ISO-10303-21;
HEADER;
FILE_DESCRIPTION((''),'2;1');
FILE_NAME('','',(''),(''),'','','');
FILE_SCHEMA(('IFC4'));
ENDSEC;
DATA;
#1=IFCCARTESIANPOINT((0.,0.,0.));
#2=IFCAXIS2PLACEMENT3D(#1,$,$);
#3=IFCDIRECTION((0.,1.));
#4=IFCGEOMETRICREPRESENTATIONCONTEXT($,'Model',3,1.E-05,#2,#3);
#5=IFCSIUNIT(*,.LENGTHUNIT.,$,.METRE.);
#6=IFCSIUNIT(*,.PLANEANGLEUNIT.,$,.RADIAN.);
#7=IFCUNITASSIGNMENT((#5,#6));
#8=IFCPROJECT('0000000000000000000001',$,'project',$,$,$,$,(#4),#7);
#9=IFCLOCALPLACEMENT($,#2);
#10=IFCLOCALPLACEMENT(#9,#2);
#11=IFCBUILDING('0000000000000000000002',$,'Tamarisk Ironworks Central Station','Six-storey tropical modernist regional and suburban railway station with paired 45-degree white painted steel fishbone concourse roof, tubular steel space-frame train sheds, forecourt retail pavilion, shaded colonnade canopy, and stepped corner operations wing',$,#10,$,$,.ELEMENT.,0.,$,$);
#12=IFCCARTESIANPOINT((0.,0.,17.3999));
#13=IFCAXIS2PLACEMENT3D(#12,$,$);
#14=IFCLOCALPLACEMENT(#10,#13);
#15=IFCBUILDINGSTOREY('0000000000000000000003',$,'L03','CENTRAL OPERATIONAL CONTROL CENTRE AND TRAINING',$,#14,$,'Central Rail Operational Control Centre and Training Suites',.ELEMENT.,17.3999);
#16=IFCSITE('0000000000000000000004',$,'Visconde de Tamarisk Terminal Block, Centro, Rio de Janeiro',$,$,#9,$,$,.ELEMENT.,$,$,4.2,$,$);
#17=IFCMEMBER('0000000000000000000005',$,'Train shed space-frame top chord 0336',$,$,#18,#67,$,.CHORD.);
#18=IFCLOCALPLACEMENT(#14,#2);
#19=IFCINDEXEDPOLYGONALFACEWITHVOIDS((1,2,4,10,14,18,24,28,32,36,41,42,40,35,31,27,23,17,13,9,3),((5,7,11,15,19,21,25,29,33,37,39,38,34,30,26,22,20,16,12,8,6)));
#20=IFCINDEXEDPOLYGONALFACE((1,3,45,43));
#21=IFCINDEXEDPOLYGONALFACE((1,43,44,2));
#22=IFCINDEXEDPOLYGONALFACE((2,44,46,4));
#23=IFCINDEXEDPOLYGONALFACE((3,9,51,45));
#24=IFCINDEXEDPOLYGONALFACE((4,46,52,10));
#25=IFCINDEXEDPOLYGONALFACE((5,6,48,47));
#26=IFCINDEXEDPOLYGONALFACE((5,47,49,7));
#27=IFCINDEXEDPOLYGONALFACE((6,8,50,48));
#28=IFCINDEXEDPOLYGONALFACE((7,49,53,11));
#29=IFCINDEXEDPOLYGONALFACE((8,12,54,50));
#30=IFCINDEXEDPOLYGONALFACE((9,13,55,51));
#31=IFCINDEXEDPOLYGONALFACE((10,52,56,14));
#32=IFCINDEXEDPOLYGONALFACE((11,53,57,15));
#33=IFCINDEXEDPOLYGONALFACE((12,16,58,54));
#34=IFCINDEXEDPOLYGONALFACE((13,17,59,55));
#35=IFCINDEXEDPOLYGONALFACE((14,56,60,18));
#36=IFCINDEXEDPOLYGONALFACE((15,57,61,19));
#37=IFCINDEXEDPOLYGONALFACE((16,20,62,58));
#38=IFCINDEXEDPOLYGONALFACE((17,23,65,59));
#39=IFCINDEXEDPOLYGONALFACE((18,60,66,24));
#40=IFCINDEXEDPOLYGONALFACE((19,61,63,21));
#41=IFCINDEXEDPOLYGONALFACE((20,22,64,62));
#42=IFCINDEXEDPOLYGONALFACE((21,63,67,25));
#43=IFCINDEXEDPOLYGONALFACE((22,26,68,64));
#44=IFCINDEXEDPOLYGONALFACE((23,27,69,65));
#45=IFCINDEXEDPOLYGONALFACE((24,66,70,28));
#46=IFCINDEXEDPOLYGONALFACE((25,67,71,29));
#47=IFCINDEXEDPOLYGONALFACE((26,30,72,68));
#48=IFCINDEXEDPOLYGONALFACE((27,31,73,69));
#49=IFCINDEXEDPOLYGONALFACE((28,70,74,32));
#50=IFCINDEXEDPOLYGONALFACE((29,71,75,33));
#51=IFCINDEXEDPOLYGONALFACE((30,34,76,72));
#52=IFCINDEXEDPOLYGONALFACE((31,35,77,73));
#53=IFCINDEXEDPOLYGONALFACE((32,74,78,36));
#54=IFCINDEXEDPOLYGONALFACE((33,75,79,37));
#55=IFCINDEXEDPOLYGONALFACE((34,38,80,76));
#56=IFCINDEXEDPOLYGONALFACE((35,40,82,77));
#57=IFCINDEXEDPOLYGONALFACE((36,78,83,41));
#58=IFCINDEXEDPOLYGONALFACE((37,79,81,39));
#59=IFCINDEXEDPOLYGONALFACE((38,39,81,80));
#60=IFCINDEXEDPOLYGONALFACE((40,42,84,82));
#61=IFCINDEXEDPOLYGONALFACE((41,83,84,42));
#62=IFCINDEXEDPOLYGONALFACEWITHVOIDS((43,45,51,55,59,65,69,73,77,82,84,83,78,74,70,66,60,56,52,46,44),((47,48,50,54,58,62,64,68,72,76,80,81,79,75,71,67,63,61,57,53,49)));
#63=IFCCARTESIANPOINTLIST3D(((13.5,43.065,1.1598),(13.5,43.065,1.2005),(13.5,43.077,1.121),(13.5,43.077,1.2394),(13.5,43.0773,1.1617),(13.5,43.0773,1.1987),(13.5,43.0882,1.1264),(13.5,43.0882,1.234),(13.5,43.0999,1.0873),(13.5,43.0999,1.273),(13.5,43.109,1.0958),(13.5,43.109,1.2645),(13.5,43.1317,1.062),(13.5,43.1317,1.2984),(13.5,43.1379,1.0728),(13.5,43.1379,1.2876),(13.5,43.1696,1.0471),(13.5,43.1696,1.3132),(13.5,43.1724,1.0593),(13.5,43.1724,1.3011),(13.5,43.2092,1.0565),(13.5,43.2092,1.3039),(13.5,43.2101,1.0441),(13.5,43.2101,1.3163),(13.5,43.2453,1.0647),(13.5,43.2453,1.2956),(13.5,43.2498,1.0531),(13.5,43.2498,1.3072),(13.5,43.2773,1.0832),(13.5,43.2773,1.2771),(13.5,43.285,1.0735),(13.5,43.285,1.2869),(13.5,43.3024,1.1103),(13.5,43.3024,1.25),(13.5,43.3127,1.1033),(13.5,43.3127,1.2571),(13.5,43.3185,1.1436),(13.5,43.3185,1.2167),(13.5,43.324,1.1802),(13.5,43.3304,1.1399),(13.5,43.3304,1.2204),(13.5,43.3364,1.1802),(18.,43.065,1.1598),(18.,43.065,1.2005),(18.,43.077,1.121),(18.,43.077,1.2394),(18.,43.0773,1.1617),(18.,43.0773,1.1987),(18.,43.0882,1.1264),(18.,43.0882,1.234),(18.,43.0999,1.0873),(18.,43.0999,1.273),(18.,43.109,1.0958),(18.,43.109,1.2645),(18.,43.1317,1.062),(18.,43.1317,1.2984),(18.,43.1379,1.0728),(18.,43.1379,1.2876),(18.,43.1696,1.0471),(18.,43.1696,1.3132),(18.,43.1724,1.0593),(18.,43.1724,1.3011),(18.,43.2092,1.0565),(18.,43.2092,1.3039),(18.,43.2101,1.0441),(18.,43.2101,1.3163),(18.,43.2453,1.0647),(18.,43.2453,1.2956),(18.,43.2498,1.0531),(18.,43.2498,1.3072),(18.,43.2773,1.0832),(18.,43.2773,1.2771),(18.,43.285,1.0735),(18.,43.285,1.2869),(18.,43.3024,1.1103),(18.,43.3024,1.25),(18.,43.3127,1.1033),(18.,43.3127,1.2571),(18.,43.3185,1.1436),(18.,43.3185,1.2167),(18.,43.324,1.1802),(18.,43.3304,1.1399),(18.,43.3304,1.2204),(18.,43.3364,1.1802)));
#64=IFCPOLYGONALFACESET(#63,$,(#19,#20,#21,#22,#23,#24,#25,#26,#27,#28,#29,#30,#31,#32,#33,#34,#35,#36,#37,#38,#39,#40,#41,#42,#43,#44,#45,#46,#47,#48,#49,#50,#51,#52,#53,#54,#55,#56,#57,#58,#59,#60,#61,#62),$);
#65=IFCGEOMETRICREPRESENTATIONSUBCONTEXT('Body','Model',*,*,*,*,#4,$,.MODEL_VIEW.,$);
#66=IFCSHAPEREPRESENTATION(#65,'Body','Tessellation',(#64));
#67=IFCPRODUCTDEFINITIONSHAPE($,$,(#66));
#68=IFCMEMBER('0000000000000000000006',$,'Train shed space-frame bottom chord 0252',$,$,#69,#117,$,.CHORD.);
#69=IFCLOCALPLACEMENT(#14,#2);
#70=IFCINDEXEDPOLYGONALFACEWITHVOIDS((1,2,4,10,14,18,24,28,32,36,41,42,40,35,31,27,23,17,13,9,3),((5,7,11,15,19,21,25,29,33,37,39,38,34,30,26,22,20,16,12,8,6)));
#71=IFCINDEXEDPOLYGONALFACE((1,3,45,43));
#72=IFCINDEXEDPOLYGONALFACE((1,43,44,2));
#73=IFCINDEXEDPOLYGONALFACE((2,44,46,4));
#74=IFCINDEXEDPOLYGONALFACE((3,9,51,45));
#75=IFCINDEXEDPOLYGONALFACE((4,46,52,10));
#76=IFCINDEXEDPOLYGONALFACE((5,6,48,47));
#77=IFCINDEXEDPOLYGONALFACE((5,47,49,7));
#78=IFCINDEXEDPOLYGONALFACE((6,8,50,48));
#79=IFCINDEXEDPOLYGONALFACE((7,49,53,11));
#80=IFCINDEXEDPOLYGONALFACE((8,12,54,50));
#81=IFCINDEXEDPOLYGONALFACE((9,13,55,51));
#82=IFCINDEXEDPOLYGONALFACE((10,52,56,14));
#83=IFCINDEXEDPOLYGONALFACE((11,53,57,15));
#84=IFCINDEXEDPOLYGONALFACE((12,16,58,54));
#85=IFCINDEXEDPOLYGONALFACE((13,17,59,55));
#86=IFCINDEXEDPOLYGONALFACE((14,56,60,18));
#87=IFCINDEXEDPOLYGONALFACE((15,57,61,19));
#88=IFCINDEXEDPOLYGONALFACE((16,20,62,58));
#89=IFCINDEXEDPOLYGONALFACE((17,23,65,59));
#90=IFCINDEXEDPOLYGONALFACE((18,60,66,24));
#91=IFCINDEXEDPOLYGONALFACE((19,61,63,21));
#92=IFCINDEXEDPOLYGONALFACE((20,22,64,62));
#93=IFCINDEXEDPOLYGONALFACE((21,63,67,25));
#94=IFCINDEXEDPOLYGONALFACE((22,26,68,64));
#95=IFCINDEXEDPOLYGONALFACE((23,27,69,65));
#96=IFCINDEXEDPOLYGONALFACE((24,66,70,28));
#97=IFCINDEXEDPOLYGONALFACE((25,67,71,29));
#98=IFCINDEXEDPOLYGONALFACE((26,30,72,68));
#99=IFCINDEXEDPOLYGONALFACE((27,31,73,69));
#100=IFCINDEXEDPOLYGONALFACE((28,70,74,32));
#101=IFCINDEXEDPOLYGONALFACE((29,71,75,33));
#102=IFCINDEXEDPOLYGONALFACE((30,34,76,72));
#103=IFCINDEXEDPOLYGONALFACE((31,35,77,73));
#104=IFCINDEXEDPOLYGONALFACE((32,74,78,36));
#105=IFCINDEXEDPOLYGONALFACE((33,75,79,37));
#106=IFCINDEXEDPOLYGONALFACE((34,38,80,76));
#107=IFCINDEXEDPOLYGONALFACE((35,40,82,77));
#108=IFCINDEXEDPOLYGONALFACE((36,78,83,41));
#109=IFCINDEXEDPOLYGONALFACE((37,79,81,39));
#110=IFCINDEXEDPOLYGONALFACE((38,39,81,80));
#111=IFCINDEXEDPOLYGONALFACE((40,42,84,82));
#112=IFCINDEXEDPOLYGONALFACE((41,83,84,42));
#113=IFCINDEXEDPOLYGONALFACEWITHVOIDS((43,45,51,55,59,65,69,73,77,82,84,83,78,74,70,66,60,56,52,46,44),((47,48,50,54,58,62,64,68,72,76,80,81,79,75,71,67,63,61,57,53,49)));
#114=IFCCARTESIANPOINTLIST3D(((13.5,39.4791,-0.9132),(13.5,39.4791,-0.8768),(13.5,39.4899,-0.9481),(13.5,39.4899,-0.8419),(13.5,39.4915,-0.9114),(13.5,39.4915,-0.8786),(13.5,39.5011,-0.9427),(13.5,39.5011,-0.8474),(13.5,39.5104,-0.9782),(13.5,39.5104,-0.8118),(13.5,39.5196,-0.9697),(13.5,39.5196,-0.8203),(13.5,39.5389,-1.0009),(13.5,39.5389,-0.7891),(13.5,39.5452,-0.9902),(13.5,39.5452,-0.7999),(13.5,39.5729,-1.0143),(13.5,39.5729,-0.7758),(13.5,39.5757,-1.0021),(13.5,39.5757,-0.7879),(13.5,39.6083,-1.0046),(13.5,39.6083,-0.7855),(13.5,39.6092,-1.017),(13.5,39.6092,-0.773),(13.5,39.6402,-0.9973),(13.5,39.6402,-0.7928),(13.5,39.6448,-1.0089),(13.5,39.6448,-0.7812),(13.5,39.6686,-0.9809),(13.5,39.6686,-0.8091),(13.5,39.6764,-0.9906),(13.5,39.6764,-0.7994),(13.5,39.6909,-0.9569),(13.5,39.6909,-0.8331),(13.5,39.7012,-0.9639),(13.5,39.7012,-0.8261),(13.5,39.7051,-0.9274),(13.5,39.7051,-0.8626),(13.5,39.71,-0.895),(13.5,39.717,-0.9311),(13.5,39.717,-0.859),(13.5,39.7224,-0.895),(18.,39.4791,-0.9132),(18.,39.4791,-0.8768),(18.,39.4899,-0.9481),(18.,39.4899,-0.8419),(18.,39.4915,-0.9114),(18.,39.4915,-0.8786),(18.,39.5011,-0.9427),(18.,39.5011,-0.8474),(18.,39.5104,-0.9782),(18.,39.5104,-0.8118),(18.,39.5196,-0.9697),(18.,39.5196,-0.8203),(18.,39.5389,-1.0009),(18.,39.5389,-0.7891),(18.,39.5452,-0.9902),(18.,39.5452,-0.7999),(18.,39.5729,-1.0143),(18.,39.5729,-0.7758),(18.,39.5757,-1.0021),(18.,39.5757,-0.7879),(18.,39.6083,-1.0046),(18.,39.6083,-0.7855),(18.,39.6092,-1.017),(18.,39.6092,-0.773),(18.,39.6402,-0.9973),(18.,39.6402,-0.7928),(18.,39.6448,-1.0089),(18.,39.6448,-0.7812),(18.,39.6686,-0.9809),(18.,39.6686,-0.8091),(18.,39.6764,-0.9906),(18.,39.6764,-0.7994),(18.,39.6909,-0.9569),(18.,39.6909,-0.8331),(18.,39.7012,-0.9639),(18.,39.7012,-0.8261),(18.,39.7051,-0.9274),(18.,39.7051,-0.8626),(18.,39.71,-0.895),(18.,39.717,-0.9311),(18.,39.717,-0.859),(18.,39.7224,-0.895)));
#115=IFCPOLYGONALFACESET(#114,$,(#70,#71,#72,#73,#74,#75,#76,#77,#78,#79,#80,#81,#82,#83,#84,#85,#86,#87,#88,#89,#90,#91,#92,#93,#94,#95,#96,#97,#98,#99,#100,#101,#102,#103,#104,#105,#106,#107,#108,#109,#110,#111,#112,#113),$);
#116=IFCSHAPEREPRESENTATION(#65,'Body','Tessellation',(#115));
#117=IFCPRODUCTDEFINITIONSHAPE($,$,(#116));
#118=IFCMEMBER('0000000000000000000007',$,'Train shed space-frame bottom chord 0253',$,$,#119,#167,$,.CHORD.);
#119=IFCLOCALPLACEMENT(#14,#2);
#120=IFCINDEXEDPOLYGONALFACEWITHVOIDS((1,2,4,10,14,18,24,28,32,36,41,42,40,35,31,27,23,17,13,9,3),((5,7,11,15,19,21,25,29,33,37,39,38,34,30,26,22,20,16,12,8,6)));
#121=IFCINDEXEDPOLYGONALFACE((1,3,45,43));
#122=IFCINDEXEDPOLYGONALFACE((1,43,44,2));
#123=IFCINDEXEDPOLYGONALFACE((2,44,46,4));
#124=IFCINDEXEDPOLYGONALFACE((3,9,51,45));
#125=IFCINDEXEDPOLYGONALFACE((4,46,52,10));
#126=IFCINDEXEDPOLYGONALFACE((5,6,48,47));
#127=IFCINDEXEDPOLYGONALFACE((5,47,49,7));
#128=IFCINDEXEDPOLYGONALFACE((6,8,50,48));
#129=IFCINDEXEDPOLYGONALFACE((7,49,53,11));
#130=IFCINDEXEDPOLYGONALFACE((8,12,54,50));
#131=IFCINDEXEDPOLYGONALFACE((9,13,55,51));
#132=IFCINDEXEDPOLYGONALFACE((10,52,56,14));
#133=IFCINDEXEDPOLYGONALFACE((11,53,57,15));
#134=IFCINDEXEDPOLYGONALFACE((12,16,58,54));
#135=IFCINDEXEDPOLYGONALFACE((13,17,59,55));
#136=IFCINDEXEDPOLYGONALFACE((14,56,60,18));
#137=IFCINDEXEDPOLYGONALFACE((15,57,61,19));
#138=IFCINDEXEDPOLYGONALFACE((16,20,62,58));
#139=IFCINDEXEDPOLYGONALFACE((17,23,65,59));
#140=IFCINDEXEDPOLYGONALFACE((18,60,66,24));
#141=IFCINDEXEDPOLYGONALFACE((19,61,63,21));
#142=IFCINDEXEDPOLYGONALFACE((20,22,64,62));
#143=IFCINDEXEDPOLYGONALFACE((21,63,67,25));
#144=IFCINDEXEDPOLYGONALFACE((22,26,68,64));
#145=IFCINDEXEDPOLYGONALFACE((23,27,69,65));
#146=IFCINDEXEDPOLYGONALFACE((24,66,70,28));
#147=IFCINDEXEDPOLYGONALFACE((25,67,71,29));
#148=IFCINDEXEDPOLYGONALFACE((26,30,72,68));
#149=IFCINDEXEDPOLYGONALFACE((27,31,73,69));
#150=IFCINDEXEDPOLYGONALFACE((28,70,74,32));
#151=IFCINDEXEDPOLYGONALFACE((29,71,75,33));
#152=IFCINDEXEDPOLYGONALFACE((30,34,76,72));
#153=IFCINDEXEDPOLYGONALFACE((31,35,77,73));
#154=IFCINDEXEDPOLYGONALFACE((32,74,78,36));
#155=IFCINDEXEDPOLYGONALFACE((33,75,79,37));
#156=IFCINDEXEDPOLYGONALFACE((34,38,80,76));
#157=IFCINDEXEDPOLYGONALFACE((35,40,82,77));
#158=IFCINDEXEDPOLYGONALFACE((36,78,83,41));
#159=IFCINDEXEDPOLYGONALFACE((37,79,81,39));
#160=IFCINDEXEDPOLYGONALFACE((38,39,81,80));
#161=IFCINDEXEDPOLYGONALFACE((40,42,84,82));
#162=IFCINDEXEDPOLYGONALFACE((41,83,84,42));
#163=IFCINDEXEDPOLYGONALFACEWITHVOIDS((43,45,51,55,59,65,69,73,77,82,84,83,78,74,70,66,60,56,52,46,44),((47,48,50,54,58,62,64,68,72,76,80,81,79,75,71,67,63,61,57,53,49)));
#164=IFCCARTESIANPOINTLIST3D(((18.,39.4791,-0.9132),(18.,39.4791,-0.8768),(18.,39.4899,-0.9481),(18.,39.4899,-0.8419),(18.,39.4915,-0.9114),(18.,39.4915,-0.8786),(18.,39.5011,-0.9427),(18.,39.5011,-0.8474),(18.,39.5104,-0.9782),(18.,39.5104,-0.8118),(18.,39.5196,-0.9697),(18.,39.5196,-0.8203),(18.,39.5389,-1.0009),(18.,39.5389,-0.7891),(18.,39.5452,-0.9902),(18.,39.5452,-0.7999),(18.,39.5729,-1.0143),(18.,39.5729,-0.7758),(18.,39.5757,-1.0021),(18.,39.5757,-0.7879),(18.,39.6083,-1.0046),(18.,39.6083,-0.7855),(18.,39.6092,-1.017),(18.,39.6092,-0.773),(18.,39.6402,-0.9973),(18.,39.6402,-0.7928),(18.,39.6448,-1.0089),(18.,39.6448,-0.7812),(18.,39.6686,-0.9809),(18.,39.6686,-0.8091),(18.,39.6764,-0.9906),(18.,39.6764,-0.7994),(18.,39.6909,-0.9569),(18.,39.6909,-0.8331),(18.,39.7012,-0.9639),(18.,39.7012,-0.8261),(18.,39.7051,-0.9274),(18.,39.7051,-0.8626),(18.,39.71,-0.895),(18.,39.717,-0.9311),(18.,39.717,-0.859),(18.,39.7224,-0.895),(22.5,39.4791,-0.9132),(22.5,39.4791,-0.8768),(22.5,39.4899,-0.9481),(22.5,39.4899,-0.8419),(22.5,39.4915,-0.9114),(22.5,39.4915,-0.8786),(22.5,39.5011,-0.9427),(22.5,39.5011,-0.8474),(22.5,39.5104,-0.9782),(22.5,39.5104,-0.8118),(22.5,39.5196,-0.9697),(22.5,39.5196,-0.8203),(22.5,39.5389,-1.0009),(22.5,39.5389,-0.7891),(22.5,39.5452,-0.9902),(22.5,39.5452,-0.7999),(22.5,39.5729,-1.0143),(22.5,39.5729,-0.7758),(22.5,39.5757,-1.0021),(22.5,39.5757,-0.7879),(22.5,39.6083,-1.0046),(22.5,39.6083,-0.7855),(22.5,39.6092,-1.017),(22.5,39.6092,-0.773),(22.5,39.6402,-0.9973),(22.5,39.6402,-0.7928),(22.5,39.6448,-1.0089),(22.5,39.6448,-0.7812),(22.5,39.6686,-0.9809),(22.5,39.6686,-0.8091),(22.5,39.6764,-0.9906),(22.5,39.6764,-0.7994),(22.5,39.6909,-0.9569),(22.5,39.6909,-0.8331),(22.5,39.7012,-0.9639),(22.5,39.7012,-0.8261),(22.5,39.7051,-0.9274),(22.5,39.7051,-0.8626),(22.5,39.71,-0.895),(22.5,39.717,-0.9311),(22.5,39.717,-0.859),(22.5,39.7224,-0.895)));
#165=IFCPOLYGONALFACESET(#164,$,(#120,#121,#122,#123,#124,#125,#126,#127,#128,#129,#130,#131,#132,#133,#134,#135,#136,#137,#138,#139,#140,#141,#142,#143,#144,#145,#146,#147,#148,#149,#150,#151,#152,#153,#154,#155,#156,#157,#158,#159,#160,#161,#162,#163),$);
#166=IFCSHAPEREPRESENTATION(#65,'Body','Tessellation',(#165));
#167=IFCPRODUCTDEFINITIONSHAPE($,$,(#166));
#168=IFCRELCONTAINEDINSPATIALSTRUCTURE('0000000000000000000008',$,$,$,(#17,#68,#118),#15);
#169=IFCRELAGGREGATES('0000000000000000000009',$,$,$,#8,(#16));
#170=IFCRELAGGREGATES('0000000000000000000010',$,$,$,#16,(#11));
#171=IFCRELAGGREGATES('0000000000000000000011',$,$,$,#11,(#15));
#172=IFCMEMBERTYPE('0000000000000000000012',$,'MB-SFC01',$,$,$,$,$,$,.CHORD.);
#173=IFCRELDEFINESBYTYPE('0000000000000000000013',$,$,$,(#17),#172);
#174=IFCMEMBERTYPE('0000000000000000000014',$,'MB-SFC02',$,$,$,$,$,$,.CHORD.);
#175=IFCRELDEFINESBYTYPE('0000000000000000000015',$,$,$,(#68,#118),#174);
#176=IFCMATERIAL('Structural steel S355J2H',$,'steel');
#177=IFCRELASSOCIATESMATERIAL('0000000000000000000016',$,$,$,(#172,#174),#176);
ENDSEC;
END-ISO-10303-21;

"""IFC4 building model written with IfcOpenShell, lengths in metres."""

from ifc_helpers import new_model, si_unit, direction, frame, origin, origin_2d, place, context, subcontext, project, spatial, hollow_circle, extrude, material, material_profile, profile_set, type_object, element, save


model = new_model("IFC4")

# Units and contexts
model_context = context("Model", 3, precision=1e-05, world=origin(), true_north=direction((0.0, 1.0)))
body_context = subcontext(model_context, "Body", "Model", "MODEL_VIEW")
ifc_project = project(units=[si_unit("LENGTHUNIT", "METRE"), si_unit("PLANEANGLEUNIT", "RADIAN")], contexts=[model_context])

# Site, building, storey
site_placement = place(None, origin())
site = spatial("IfcSite", under=ifc_project, at=site_placement, Name="Visconde de Tamarisk Terminal Block, Centro, Rio de Janeiro", CompositionType="ELEMENT", RefElevation=4.2)
building_placement = place(site_placement, origin())
building = spatial("IfcBuilding", under=site, at=building_placement, Name="Tamarisk Ironworks Central Station", Description="Six-storey tropical modernist regional and suburban railway station with paired 45-degree white painted steel fishbone concourse roof, tubular steel space-frame train sheds, forecourt retail pavilion, shaded colonnade canopy, and stepped corner operations wing", CompositionType="ELEMENT", ElevationOfRefHeight=0.0)
storey_placement = place(building_placement, frame((0.0, 0.0, 17.3999)))
storey = spatial("IfcBuildingStorey", under=building, at=storey_placement, Name="L03", Description="CENTRAL OPERATIONAL CONTROL CENTRE AND TRAINING", LongName="Central Rail Operational Control Centre and Training Suites", CompositionType="ELEMENT", Elevation=17.3999)

# Members
ifc_material_1 = material(Name="Structural steel S355J2H", Category="steel")
ifc_material_profile_1 = material_profile(ifc_material_1, hollow_circle(Radius=0.1365, WallThickness=0.0125, at=origin_2d()), Name="CHS 273x12.5")
ifc_profile_set_1 = profile_set([ifc_material_profile_1], Name="Structural steel S355J2H")
member_type_1 = type_object("IfcMemberType", Name="MB-SFC01", PredefinedType="CHORD", material=ifc_profile_set_1)
for number, where, z_axis, x_axis, name in (
    (1, (13.5, 43.2, 1.1802), (1.0, 0.0, 0.0), (0.0, 1.0, 0.0), "Train shed space-frame top chord 0336"),
):
    element("IfcMember", number, at=place(storey_placement, frame(where, z_axis=z_axis, x_axis=x_axis)), inside=storey, type_object=member_type_1, Name=name, PredefinedType="CHORD", context=body_context, shape_type="SweptSolid", body=[
        extrude(hollow_circle(Radius=0.1365, WallThickness=0.0125, at=origin_2d()), origin(), (0.0, 0.0, 1.0), 4.5),
    ])
ifc_material_profile_2 = material_profile(ifc_material_1, hollow_circle(Radius=0.1223, WallThickness=0.0125, at=origin_2d()), Name="CHS 244.5x12.5")
ifc_profile_set_2 = profile_set([ifc_material_profile_2], Name="Structural steel S355J2H")
member_type_2 = type_object("IfcMemberType", Name="MB-SFC02", PredefinedType="CHORD", material=ifc_profile_set_2)
for number, where, z_axis, x_axis, name in (
    (2, (13.5, 39.6001, -0.895), (1.0, 0.0, 0.0), (0.0, 1.0, 0.0), "Train shed space-frame bottom chord 0252"),
    (3, (18.0, 39.6001, -0.895), (1.0, 0.0, 0.0), (0.0, 1.0, 0.0), "Train shed space-frame bottom chord 0253"),
):
    element("IfcMember", number, at=place(storey_placement, frame(where, z_axis=z_axis, x_axis=x_axis)), inside=storey, type_object=member_type_2, Name=name, PredefinedType="CHORD", context=body_context, shape_type="SweptSolid", body=[
        extrude(hollow_circle(Radius=0.1223, WallThickness=0.0125, at=origin_2d()), origin(), (0.0, 0.0, 1.0), 4.5),
    ])

save(model, "model.ifc")
